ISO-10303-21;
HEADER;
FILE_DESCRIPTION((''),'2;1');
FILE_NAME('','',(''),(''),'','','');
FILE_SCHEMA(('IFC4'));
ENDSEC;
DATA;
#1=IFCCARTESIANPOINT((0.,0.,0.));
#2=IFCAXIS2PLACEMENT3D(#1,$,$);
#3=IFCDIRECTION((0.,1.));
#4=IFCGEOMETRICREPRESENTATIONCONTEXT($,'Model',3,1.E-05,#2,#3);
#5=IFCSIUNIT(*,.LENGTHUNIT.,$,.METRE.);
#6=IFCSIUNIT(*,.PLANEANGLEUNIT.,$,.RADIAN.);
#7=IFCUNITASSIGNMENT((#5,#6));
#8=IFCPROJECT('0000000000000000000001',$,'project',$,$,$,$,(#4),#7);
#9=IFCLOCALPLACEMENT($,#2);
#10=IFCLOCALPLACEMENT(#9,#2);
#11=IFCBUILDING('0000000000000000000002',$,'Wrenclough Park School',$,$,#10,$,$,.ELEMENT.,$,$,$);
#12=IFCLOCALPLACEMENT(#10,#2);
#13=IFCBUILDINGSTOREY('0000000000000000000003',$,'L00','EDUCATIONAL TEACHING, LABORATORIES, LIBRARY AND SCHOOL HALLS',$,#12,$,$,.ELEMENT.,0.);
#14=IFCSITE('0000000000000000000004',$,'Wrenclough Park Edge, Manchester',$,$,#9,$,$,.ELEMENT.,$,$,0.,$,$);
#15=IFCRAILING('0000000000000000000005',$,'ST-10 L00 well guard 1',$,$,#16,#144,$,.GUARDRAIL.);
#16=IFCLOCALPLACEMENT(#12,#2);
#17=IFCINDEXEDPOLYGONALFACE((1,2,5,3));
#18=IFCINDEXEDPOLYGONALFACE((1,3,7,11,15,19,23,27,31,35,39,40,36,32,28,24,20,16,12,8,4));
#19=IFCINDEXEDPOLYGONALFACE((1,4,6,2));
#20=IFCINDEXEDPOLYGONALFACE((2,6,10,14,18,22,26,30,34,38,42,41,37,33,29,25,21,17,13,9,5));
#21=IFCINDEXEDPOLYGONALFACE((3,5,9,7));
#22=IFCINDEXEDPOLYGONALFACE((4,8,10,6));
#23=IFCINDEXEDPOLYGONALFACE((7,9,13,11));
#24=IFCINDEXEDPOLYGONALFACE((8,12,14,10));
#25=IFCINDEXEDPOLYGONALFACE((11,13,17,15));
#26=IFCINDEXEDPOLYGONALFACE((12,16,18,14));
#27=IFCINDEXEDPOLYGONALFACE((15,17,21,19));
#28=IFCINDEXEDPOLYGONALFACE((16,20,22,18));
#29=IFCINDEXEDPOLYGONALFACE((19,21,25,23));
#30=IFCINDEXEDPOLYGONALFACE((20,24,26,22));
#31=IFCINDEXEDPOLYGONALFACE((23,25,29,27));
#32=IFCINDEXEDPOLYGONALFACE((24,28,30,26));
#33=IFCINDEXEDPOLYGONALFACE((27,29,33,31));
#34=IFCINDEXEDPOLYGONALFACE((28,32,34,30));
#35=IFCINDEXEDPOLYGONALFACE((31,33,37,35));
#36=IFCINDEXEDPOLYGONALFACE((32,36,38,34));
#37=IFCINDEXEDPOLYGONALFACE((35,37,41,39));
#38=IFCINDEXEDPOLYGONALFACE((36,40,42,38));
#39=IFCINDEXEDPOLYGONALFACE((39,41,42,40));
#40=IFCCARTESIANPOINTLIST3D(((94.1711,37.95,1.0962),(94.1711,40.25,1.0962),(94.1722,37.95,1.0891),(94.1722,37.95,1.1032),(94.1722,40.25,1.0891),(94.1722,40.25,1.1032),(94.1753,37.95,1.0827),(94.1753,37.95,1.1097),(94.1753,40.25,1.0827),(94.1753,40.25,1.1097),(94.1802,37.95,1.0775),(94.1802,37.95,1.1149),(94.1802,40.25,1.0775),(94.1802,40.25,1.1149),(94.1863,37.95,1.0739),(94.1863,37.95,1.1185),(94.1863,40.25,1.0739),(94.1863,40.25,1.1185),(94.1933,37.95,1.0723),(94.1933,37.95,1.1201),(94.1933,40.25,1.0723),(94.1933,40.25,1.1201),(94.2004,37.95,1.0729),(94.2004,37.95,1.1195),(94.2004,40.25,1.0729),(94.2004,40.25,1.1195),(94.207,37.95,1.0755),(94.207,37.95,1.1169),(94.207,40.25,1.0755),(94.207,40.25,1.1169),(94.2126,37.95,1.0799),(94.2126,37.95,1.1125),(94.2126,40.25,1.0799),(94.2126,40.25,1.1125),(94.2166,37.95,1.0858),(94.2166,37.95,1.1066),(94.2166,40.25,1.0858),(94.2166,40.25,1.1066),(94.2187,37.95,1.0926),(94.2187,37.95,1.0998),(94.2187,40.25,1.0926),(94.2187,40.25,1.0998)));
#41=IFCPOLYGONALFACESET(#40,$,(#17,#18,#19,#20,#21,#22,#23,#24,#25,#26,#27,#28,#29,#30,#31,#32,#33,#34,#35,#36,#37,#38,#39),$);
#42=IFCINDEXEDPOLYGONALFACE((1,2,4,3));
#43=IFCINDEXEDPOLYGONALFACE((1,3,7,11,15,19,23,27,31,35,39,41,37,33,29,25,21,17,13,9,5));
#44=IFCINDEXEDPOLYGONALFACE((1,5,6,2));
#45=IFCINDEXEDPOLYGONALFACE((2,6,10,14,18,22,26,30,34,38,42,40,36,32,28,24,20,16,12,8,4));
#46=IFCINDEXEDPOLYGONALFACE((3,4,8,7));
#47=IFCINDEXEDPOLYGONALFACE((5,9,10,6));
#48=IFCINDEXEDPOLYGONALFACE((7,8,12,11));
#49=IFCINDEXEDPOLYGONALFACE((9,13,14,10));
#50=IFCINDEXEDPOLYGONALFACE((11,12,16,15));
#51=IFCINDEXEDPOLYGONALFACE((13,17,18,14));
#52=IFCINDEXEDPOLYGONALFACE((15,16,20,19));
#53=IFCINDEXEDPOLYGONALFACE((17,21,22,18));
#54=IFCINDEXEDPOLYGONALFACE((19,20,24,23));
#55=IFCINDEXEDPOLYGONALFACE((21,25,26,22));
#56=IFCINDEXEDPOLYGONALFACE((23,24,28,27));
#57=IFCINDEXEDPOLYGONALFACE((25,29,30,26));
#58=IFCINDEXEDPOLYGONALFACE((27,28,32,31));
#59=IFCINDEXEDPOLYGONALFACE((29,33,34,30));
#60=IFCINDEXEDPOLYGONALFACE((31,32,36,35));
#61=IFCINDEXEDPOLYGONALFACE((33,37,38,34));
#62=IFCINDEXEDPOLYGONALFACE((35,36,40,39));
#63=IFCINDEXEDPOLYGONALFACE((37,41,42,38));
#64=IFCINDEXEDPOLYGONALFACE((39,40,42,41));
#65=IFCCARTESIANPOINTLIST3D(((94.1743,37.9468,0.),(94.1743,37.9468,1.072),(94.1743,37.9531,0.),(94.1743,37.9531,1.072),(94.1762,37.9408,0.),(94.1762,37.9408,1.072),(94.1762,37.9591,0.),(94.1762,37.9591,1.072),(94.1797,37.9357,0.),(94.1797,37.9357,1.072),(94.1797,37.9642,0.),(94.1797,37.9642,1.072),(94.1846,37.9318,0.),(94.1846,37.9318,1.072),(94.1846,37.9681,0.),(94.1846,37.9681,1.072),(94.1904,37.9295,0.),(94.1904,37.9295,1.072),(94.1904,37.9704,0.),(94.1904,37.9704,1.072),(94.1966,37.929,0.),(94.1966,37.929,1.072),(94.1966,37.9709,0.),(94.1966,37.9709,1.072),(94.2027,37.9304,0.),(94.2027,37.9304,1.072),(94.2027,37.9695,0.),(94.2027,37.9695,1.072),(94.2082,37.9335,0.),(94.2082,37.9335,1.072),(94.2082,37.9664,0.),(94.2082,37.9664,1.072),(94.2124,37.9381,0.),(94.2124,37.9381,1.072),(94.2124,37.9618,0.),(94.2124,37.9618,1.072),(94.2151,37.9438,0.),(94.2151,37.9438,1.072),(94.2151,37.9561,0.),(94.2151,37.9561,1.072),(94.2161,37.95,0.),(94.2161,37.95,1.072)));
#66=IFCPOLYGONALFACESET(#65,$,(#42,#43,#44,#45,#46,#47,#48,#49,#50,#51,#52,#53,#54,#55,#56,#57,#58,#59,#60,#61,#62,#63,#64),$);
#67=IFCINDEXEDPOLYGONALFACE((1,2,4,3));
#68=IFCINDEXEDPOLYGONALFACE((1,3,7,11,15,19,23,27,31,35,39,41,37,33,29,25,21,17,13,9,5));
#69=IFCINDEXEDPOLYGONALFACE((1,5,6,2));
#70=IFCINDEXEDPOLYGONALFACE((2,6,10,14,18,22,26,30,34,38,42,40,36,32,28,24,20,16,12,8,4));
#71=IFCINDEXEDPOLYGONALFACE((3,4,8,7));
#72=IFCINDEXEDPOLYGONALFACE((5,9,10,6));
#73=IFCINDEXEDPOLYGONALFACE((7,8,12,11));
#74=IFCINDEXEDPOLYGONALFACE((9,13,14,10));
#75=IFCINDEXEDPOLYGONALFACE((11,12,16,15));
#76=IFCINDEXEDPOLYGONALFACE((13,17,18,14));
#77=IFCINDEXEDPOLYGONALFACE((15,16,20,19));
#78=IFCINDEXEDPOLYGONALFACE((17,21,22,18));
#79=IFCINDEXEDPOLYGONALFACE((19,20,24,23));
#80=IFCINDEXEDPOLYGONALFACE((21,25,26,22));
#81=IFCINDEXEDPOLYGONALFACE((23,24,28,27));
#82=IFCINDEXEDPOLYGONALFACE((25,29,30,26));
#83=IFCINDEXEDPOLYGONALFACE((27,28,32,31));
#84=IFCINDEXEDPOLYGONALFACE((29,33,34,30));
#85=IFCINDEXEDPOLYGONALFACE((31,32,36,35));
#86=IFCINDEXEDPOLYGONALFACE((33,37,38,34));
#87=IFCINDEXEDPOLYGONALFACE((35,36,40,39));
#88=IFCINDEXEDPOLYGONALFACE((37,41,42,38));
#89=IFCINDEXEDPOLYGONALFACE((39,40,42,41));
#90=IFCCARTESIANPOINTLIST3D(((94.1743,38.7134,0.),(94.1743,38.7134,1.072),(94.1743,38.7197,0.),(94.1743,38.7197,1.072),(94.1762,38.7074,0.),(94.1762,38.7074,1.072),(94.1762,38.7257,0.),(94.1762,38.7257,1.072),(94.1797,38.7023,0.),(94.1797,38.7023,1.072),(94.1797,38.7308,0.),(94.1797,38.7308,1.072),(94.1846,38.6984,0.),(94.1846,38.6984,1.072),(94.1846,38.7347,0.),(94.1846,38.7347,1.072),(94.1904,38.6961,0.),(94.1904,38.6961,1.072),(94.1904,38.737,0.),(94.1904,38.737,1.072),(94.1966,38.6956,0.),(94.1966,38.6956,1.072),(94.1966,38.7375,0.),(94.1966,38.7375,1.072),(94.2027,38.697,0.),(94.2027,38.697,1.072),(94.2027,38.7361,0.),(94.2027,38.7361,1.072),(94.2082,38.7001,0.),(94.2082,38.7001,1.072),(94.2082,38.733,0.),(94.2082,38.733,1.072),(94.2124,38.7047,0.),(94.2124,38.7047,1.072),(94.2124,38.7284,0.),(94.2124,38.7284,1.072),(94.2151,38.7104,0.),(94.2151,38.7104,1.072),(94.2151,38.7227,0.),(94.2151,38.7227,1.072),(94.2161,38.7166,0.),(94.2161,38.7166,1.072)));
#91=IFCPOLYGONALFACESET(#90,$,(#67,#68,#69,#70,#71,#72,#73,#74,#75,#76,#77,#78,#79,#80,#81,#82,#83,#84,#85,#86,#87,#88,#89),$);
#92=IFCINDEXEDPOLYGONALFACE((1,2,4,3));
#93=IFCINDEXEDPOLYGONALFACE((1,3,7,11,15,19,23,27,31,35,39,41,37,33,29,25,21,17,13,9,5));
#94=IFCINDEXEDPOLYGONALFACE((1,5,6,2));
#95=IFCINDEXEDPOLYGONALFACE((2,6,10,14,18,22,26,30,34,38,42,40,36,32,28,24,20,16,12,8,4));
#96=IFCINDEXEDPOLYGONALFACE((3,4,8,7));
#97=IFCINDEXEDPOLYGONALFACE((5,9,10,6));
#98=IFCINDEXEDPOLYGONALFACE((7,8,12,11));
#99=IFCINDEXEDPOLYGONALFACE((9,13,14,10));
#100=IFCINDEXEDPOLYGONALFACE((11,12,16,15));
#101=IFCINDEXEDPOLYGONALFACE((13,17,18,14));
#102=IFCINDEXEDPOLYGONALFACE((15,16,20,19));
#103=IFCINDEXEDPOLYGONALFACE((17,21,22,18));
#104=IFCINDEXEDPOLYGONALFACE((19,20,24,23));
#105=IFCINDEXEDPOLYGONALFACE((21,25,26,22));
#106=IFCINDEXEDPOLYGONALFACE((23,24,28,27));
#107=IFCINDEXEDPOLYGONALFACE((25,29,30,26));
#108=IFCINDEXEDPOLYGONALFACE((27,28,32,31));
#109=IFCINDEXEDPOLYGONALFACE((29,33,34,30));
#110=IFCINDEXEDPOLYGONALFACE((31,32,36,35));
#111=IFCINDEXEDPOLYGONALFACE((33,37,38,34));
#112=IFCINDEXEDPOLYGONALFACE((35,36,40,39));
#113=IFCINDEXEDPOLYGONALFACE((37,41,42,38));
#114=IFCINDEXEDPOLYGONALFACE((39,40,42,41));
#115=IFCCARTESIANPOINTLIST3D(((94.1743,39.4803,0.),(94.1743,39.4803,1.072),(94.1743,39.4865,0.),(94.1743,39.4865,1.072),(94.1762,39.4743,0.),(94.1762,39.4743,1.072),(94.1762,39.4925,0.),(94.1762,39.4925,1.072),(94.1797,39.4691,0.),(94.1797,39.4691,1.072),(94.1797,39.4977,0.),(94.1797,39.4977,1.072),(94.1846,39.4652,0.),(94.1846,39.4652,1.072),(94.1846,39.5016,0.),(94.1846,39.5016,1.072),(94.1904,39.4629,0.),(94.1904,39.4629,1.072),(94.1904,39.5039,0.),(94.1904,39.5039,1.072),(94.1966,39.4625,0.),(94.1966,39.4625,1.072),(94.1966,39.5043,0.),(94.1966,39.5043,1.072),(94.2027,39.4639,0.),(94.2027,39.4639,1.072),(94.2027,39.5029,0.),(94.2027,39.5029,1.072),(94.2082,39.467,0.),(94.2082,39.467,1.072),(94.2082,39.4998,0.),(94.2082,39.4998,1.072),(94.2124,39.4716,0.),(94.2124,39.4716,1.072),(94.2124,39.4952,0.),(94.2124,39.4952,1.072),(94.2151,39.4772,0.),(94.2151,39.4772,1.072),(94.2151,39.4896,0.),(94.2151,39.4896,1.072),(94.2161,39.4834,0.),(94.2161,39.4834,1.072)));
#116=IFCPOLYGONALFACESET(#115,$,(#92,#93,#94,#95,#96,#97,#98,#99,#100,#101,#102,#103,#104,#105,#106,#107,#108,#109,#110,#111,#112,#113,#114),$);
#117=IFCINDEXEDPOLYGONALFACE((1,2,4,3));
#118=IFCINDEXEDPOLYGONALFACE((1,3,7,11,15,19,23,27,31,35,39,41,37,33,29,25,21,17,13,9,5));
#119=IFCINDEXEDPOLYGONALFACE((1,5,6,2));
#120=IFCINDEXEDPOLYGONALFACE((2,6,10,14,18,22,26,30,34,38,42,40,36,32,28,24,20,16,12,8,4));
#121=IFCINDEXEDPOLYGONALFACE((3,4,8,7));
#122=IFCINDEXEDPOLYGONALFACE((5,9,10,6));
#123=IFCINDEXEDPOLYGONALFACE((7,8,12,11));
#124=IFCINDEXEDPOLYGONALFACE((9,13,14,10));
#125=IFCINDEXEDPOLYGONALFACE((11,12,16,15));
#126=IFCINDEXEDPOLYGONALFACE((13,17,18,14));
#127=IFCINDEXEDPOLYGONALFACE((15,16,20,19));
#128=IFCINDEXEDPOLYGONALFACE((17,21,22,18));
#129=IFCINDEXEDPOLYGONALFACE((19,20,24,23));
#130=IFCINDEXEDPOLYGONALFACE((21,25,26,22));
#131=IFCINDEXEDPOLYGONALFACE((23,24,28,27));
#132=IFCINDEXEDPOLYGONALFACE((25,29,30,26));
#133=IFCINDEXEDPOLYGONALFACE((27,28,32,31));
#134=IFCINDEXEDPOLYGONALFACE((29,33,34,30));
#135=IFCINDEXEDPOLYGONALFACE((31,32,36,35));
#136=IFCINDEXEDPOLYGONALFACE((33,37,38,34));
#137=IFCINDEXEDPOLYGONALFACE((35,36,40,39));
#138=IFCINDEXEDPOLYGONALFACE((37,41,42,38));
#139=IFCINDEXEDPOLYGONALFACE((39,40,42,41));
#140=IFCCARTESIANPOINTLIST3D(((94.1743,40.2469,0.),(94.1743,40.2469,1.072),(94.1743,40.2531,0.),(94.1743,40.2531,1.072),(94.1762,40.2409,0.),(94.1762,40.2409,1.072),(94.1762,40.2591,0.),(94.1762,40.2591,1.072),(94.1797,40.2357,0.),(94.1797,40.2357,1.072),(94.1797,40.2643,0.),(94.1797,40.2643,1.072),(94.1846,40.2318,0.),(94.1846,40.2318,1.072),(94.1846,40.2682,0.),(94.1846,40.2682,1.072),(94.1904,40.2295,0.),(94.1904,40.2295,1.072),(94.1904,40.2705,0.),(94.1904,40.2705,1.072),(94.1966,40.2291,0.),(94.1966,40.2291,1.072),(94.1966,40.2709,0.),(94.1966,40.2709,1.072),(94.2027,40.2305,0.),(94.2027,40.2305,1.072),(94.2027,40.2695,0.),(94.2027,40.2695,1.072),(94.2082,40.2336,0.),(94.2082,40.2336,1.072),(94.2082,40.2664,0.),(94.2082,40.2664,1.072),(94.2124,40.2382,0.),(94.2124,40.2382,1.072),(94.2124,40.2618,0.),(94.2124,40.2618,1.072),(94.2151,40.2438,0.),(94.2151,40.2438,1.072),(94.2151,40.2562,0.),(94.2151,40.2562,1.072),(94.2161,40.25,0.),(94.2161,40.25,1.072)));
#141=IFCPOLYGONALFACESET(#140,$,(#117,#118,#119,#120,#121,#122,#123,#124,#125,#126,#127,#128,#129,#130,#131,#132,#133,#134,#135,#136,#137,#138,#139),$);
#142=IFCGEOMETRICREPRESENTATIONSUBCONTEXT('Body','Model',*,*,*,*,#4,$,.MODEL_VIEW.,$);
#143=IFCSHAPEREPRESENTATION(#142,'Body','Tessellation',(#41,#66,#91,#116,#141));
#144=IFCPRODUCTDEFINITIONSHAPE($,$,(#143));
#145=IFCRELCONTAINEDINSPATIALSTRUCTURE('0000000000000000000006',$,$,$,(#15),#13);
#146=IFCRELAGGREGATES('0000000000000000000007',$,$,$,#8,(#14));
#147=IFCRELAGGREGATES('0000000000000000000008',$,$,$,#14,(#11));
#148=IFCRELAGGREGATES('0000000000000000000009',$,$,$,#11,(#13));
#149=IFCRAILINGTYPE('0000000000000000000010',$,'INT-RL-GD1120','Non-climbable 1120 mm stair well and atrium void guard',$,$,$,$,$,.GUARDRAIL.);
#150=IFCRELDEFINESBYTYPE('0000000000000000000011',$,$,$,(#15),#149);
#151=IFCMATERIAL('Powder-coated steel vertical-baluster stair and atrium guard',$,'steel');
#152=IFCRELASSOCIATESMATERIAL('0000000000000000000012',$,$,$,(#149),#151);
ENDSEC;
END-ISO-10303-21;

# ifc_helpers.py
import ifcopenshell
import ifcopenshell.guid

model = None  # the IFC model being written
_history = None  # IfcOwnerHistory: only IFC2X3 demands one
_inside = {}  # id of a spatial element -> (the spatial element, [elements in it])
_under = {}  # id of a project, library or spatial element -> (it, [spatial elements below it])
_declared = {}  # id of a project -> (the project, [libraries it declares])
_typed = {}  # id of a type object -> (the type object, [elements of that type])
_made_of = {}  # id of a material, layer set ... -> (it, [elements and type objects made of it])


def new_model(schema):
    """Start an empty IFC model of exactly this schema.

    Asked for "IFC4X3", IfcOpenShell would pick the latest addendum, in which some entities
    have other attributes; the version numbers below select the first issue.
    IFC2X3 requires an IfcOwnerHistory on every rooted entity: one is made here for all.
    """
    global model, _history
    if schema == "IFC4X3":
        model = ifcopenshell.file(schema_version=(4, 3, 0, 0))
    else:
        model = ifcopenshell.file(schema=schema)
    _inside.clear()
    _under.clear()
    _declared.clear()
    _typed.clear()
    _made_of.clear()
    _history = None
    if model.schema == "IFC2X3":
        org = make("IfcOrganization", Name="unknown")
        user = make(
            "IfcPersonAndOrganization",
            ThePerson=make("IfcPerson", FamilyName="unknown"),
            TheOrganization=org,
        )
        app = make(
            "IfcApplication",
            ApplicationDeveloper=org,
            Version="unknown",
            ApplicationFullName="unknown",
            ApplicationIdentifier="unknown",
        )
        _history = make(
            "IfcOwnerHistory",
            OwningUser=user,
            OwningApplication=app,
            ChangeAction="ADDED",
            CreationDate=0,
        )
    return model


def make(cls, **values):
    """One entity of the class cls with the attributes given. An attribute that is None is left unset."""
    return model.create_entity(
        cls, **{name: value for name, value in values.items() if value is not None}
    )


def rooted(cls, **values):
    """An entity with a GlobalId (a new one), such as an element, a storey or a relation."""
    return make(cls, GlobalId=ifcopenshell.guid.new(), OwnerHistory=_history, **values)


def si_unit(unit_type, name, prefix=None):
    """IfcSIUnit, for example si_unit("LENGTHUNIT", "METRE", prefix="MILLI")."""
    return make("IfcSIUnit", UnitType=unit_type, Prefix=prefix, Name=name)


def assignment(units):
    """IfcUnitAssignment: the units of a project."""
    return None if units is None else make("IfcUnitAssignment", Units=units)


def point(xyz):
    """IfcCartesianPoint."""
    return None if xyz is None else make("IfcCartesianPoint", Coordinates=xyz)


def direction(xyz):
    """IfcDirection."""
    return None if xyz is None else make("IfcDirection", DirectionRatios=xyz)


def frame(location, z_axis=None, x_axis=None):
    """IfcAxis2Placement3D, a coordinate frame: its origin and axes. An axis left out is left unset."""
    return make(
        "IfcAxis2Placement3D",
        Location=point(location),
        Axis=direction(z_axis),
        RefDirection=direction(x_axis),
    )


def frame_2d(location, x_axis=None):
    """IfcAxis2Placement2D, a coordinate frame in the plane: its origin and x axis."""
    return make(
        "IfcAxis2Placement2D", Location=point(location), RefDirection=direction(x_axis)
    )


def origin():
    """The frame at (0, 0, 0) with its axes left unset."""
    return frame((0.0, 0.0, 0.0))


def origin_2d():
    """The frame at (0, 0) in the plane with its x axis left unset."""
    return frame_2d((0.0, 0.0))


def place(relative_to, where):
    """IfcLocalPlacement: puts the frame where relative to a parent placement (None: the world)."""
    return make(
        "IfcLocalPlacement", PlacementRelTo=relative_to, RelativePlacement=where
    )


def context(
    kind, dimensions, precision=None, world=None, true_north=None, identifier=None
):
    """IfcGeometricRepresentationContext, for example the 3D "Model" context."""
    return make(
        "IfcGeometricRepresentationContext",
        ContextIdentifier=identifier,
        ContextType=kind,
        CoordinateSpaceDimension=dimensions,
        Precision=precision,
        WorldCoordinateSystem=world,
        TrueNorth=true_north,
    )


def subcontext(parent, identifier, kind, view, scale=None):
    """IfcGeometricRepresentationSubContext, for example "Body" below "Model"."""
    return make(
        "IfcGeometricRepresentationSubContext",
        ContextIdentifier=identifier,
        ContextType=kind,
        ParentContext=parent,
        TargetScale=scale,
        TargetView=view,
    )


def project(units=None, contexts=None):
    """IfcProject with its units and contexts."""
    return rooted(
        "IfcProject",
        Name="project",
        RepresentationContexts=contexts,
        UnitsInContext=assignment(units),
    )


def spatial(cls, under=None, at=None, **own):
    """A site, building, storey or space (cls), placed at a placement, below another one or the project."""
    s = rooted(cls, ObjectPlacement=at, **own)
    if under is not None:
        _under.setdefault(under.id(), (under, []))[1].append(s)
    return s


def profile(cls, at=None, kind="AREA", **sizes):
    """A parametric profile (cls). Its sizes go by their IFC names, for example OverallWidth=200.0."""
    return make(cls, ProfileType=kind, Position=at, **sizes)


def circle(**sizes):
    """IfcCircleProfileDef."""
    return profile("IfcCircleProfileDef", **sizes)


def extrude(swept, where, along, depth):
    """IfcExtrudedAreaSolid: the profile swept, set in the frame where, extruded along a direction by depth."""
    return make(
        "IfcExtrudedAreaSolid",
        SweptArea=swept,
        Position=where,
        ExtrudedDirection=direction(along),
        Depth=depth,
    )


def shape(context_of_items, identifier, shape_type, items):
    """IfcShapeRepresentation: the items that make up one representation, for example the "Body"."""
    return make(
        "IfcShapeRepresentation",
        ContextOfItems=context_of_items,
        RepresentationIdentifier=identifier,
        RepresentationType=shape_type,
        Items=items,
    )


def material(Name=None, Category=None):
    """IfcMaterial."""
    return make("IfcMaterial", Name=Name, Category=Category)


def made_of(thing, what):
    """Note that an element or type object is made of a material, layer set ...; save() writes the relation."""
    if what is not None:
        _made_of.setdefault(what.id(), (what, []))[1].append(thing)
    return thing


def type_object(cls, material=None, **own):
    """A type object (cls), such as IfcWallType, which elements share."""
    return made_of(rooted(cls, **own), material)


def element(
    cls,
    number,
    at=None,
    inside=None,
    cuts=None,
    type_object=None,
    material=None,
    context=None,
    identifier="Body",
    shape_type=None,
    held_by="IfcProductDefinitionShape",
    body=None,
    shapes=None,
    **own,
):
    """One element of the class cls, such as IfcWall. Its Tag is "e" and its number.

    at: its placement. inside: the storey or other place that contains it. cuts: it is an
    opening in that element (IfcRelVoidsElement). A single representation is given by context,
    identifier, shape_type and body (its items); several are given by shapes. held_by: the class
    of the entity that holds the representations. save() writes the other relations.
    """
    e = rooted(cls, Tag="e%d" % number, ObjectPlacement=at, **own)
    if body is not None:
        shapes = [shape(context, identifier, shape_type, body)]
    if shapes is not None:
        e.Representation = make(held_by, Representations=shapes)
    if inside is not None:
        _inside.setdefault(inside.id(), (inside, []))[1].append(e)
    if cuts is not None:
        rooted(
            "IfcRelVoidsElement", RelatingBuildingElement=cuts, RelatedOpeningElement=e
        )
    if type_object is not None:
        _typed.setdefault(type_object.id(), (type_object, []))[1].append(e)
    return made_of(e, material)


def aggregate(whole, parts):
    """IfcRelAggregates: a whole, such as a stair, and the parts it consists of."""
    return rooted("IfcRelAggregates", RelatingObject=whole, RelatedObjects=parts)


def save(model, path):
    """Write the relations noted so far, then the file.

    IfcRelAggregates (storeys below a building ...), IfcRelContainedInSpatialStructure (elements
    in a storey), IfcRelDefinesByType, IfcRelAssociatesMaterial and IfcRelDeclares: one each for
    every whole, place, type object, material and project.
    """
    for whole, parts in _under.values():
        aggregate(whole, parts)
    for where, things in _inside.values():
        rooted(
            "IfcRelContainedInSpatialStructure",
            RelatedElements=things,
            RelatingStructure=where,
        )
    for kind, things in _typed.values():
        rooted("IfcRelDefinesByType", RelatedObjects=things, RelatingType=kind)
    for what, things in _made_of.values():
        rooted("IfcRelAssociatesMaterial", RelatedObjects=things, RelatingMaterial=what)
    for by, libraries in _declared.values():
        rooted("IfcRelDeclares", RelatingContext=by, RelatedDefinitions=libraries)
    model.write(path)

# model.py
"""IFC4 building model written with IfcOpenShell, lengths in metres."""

from ifc_helpers import new_model, si_unit, direction, frame, origin, origin_2d, place, context, subcontext, project, spatial, circle, extrude, material, type_object, element, save


model = new_model("IFC4")

# Units and contexts
model_context = context("Model", 3, precision=1e-05, world=origin(), true_north=direction((0.0, 1.0)))
body_context = subcontext(model_context, "Body", "Model", "MODEL_VIEW")
ifc_project = project(units=[si_unit("LENGTHUNIT", "METRE"), si_unit("PLANEANGLEUNIT", "RADIAN")], contexts=[model_context])

# Site, building, storey
site_placement = place(None, origin())
site = spatial("IfcSite", under=ifc_project, at=site_placement, Name="Wrenclough Park Edge, Manchester", CompositionType="ELEMENT", RefElevation=0.0)
building_placement = place(site_placement, origin())
building = spatial("IfcBuilding", under=site, at=building_placement, Name="Wrenclough Park School", CompositionType="ELEMENT")
storey_placement = place(building_placement, origin())
storey = spatial("IfcBuildingStorey", under=building, at=storey_placement, Name="L00", Description="EDUCATIONAL TEACHING, LABORATORIES, LIBRARY AND SCHOOL HALLS", CompositionType="ELEMENT", Elevation=0.0)

# Railing
ifc_material_1 = material(Name="Powder-coated steel vertical-baluster stair and atrium guard", Category="steel")
railing_type_1 = type_object("IfcRailingType", Name="INT-RL-GD1120", Description="Non-climbable 1120 mm stair well and atrium void guard", PredefinedType="GUARDRAIL", material=ifc_material_1)
railing_1_placement = place(storey_placement, frame((94.1951, 37.95, 0.0)))
element("IfcRailing", 1, at=railing_1_placement, inside=storey, type_object=railing_type_1, Name="ST-10 L00 well guard 1", PredefinedType="GUARDRAIL", context=body_context, shape_type="SweptSolid", body=[
    extrude(circle(Radius=0.0239, at=origin_2d()), frame((0.0, 0.0, 1.0962), z_axis=(0.0, 1.0, 0.0), x_axis=(-1.0, 0.0, 0.0)), (0.0, 0.0, 1.0), 2.3),
    extrude(circle(Radius=0.021, at=origin_2d()), origin(), (0.0, 0.0, 1.0), 1.072),
    extrude(circle(Radius=0.021, at=origin_2d()), frame((0.0, 0.7666, 0.0)), (0.0, 0.0, 1.0), 1.072),
    extrude(circle(Radius=0.021, at=origin_2d()), frame((0.0, 1.5334, 0.0)), (0.0, 0.0, 1.0), 1.072),
    extrude(circle(Radius=0.021, at=origin_2d()), frame((0.0, 2.3, 0.0)), (0.0, 0.0, 1.0), 1.072),
])

save(model, "model.ifc")
